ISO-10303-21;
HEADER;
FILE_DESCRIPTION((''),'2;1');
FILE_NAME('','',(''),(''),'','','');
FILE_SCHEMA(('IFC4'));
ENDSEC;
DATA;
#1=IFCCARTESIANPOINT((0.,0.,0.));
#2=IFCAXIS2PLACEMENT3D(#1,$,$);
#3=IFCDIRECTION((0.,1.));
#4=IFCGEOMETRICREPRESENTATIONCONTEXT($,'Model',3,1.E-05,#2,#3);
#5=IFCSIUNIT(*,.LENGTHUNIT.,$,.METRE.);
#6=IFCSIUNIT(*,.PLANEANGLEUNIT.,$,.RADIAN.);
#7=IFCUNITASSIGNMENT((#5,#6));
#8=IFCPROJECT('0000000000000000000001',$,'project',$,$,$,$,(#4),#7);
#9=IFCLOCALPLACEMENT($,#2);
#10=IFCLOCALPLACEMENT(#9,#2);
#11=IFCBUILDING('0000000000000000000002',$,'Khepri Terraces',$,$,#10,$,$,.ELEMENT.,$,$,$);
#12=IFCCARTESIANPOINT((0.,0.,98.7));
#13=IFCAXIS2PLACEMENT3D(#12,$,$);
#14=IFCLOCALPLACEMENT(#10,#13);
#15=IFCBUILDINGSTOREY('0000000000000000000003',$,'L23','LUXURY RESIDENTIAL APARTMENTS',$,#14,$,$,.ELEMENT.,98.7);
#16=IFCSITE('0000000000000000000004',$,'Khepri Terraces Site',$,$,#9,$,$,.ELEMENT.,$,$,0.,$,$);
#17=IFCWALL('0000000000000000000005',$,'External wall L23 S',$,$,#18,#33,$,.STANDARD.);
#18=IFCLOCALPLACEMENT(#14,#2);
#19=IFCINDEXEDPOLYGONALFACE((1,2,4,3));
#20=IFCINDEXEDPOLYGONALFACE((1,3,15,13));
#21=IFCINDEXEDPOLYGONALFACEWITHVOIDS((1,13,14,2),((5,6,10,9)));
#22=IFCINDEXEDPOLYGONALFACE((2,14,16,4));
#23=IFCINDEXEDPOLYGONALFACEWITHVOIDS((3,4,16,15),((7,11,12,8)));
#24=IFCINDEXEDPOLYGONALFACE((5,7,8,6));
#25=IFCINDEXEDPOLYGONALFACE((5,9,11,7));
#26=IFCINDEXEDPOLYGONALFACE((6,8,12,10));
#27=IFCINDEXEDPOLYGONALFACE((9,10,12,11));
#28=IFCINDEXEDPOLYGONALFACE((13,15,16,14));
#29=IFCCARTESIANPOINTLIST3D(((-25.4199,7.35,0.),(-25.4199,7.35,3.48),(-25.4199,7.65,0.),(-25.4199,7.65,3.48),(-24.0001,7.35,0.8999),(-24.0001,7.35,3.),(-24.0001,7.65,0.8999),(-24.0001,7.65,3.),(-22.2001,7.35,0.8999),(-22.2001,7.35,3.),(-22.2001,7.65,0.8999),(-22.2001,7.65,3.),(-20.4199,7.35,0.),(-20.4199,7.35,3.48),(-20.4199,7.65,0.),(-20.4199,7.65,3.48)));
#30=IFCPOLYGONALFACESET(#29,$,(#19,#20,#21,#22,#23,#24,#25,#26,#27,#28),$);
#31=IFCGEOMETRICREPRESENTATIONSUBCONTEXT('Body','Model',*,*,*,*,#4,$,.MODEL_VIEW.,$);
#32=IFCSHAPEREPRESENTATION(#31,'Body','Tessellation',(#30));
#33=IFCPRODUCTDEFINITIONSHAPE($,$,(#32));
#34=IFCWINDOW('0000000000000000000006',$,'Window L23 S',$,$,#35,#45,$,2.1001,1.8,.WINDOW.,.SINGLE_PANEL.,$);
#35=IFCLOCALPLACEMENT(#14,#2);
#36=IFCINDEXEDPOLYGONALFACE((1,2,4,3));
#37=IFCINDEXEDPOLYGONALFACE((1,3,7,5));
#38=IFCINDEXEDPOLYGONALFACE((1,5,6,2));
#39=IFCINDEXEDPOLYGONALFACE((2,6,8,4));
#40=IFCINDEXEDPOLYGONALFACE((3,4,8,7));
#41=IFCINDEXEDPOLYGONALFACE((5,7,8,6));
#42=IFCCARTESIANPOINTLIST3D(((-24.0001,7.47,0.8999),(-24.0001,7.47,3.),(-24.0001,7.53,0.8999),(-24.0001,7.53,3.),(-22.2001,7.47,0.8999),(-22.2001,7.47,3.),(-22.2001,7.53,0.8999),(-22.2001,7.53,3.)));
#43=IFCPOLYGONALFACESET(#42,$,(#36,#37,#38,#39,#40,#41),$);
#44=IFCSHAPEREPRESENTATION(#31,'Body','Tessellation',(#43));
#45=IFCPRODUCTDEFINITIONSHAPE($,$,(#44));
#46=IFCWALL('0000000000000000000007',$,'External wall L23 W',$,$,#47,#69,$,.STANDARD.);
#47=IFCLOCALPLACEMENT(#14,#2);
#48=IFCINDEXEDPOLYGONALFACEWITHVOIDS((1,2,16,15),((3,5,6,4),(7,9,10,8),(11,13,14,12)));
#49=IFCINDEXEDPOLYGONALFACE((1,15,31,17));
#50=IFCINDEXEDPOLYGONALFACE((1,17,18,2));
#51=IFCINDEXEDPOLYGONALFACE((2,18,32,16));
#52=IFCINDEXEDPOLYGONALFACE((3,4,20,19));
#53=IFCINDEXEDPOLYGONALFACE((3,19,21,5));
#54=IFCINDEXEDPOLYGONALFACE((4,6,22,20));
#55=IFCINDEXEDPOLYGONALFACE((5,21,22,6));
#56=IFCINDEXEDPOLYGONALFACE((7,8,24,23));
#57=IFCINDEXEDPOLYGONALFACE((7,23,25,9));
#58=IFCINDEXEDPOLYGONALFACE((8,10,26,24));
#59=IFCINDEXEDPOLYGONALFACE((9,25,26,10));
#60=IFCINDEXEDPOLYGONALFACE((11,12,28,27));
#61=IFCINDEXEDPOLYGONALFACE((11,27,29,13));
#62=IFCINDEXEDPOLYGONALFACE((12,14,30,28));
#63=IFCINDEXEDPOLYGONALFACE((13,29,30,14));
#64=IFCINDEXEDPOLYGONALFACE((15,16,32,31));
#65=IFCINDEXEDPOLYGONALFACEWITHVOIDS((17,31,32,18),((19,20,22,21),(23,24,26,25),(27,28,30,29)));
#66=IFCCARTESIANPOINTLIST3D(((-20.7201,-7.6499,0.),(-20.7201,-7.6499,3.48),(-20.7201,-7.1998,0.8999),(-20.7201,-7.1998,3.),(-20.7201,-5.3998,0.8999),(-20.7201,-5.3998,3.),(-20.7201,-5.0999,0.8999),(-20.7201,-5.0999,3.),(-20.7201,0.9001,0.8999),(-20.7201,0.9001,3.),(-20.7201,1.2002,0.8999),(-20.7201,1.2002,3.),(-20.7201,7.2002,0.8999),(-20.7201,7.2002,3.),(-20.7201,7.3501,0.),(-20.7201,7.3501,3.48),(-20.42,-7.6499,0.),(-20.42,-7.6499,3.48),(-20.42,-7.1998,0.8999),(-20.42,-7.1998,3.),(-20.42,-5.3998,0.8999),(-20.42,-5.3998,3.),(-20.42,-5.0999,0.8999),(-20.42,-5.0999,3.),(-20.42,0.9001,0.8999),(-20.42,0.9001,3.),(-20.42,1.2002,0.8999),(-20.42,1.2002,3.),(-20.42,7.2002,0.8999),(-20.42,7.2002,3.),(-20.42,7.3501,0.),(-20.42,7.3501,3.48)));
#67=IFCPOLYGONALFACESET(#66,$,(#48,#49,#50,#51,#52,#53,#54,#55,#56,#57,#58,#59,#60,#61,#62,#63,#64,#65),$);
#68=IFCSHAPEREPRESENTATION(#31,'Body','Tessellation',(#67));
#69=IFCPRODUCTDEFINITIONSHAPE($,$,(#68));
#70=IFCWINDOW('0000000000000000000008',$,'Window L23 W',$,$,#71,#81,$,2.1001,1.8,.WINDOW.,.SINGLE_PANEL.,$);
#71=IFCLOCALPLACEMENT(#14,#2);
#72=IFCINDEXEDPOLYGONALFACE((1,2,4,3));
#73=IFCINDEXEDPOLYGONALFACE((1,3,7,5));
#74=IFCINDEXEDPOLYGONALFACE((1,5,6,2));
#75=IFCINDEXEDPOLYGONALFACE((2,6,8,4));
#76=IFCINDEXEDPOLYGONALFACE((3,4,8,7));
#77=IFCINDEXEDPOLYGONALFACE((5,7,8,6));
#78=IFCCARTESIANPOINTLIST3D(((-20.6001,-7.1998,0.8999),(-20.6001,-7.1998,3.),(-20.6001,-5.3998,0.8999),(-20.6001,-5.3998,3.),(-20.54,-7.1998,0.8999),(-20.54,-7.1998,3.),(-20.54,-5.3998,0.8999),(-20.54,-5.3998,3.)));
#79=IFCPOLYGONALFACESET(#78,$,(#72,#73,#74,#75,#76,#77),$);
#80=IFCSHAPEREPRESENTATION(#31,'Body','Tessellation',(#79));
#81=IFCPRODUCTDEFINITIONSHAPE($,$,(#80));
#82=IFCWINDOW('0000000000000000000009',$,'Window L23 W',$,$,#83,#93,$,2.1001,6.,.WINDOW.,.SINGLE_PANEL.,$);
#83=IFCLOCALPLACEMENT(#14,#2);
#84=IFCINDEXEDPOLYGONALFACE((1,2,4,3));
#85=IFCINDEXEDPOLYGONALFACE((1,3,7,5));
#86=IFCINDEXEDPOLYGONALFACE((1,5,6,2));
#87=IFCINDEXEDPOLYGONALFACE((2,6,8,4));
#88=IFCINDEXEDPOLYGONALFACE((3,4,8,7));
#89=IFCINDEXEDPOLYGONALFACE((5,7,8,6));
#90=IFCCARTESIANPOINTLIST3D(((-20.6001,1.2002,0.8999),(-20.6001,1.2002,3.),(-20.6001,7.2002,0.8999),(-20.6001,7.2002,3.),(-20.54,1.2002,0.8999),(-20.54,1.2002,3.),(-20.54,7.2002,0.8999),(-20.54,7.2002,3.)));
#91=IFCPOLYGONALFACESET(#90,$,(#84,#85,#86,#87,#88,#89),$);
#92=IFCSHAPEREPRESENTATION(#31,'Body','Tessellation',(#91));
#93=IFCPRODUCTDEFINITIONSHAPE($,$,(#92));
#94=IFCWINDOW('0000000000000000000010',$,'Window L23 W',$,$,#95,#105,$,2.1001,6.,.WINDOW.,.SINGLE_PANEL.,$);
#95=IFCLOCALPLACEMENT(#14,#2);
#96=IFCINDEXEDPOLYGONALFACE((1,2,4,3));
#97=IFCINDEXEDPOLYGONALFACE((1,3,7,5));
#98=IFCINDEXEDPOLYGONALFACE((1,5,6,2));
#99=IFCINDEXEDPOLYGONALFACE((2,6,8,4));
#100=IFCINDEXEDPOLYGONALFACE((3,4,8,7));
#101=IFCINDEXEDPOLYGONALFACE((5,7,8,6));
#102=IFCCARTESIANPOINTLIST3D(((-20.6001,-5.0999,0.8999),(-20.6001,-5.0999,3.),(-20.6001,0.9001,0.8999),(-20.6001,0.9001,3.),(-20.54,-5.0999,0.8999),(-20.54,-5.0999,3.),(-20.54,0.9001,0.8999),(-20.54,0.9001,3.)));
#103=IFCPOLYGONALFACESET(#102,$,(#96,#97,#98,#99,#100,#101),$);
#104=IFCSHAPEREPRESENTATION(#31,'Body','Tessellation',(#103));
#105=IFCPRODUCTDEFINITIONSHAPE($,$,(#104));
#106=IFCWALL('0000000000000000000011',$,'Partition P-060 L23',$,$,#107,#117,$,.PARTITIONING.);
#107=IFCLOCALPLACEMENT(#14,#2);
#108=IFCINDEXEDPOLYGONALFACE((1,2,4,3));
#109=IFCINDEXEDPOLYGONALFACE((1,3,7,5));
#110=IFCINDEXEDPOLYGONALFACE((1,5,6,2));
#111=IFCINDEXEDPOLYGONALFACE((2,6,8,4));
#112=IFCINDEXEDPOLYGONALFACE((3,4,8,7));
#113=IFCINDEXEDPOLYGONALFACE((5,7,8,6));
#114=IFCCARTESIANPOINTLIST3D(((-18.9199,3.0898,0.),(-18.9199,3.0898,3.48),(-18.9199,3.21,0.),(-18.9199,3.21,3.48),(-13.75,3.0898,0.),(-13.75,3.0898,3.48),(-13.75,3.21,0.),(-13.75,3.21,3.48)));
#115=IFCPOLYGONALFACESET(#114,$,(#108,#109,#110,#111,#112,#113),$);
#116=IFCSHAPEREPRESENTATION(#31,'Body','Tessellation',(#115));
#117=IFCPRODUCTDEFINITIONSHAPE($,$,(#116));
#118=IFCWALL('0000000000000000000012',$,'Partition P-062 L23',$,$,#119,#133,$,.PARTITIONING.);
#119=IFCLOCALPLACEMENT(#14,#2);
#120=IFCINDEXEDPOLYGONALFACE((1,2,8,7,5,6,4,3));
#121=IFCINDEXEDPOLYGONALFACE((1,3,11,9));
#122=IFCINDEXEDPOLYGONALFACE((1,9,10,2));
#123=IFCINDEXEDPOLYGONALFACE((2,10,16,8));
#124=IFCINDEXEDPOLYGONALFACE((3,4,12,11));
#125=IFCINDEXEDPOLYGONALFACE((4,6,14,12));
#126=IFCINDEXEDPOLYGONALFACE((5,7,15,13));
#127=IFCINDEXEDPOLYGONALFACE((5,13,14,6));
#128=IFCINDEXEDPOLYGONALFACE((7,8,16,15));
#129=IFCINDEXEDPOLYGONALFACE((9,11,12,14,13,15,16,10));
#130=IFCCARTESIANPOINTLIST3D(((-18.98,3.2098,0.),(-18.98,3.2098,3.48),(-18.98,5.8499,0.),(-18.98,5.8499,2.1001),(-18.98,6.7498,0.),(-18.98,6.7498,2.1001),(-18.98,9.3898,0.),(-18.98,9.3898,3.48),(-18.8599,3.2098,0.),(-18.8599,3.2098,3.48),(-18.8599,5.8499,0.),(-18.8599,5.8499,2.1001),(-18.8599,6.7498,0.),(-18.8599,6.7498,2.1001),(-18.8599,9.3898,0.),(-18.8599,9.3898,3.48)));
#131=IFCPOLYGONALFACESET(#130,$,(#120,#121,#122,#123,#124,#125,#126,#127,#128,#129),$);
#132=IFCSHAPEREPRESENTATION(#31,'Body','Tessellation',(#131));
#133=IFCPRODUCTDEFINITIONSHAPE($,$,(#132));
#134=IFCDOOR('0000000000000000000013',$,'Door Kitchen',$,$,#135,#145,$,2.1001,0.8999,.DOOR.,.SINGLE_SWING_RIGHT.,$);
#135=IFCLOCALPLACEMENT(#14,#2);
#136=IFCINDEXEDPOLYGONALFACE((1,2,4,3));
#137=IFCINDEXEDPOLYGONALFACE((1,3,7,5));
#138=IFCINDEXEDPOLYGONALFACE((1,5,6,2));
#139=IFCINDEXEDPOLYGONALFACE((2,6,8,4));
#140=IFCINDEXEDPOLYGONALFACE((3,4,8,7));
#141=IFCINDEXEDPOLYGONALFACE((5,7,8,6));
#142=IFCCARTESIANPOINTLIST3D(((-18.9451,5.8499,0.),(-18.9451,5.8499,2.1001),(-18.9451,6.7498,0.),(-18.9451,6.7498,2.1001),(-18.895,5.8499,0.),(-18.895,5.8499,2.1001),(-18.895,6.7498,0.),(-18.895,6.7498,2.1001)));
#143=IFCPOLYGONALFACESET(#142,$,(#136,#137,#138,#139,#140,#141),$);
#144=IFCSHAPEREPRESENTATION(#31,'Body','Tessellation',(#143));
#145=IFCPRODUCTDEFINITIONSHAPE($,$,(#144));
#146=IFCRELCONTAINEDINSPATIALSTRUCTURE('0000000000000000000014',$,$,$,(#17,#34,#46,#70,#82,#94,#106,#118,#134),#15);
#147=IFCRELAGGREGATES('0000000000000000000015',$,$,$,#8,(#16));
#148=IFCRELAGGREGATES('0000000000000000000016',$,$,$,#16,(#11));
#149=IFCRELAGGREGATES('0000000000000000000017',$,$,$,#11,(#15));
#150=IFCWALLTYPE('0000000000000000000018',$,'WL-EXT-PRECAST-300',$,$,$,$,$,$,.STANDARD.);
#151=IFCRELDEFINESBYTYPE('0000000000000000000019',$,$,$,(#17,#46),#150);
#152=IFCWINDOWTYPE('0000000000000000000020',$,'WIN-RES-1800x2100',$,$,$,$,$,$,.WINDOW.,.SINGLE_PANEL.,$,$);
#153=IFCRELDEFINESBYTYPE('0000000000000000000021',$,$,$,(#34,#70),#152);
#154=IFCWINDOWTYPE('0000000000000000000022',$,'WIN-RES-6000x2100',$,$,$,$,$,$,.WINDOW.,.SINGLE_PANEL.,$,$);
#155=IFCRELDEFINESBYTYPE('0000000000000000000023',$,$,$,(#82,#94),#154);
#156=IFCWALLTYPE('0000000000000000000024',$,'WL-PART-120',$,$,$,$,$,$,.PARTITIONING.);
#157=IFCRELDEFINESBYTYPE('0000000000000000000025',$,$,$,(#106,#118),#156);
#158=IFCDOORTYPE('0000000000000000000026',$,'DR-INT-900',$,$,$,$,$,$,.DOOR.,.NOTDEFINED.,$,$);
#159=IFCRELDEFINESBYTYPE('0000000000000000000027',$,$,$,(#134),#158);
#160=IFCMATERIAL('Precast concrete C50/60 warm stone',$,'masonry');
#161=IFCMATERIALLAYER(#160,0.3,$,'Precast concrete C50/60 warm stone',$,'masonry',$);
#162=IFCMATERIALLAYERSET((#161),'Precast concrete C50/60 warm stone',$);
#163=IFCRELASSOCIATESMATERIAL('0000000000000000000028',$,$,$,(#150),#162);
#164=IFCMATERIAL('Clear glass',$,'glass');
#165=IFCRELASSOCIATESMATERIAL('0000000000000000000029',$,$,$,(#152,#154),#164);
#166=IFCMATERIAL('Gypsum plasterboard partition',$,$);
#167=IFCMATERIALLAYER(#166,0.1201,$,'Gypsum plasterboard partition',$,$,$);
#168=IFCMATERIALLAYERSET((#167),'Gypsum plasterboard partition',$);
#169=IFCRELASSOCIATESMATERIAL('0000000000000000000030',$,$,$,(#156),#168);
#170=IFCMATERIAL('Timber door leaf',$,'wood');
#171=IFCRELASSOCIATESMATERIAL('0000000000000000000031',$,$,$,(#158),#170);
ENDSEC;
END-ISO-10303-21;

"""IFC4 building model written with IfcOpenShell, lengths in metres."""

from ifc_helpers import new_model, si_unit, direction, frame, frame_2d, origin, place, context, subcontext, project, spatial, rectangle, extrude, material, layer, layer_set, type_object, element, fill, save


model = new_model("IFC4")

# Units and contexts
model_context = context("Model", 3, precision=1e-05, world=origin(), true_north=direction((0.0, 1.0)))
body_context = subcontext(model_context, "Body", "Model", "MODEL_VIEW")
ifc_project = project(units=[si_unit("LENGTHUNIT", "METRE"), si_unit("PLANEANGLEUNIT", "RADIAN")], contexts=[model_context])

# Site, building, storey
site_placement = place(None, origin())
site = spatial("IfcSite", under=ifc_project, at=site_placement, Name="Khepri Terraces Site", CompositionType="ELEMENT", RefElevation=0.0)
building_placement = place(site_placement, origin())
building = spatial("IfcBuilding", under=site, at=building_placement, Name="Khepri Terraces", CompositionType="ELEMENT")
storey_placement = place(building_placement, frame((0.0, 0.0, 98.7)))
storey = spatial("IfcBuildingStorey", under=building, at=storey_placement, Name="L23", Description="LUXURY RESIDENTIAL APARTMENTS", CompositionType="ELEMENT", Elevation=98.7)

# Shared definitions
ifc_material_1 = material(Name="Precast concrete C50/60 warm stone", Category="masonry")
ifc_layer_1 = layer(ifc_material_1, 0.3, Name="Precast concrete C50/60 warm stone", Category="masonry")
ifc_layer_set_1 = layer_set([ifc_layer_1], Name="Precast concrete C50/60 warm stone")
wall_type_1 = type_object("IfcWallType", Name="WL-EXT-PRECAST-300", PredefinedType="STANDARD", material=ifc_layer_set_1)

# Wall, opening, window
wall_1_placement = place(storey_placement, frame((-25.4199, 7.5, 0.0), z_axis=(0.0, 0.0, 1.0), x_axis=(1.0, 0.0, 0.0)))
wall_1 = element("IfcWall", 1, at=wall_1_placement, inside=storey, type_object=wall_type_1, Name="External wall L23 S", PredefinedType="STANDARD", context=body_context, shape_type="SweptSolid", body=[
    extrude(rectangle(XDim=5.0, YDim=0.3, at=frame_2d((2.5, 0.0))), origin(), (0.0, 0.0, 1.0), 3.48),
])
opening_1_placement = place(wall_1_placement, frame((1.4199, 0.0, 0.8999)))
opening_1 = element("IfcOpeningElement", 2, at=opening_1_placement, cuts=wall_1, PredefinedType="OPENING", context=body_context, shape_type="SweptSolid", body=[
    extrude(rectangle(XDim=1.8, YDim=2.1001, at=frame_2d((0.8999, 1.05))), frame((0.0, 0.1602, 0.0), z_axis=(0.0, -1.0, 0.0), x_axis=(1.0, 0.0, 0.0)), (0.0, 0.0, 1.0), 0.3201),
])
ifc_material_2 = material(Name="Clear glass", Category="glass")
window_type_1 = type_object("IfcWindowType", Name="WIN-RES-1800x2100", PartitioningType="SINGLE_PANEL", PredefinedType="WINDOW", material=ifc_material_2)
window_1_placement = place(opening_1_placement, origin())
window_1 = element("IfcWindow", 3, at=window_1_placement, inside=storey, type_object=window_type_1, Name="Window L23 S", OverallHeight=2.1001, OverallWidth=1.8, PartitioningType="SINGLE_PANEL", PredefinedType="WINDOW", context=body_context, shape_type="SweptSolid", body=[
    extrude(rectangle(XDim=1.8, YDim=2.1001, at=frame_2d((0.8999, 1.05))), frame((0.0, 0.03, 0.0), z_axis=(0.0, -1.0, 0.0), x_axis=(1.0, 0.0, 0.0)), (0.0, 0.0, 1.0), 0.0601),
])
fill(opening_1, window_1)

# Wall, openings, windows
wall_2_placement = place(storey_placement, frame((-20.5701, 7.3501, 0.0), z_axis=(0.0, 0.0, 1.0), x_axis=(0.0, -1.0, 0.0)))
wall_2 = element("IfcWall", 4, at=wall_2_placement, inside=storey, type_object=wall_type_1, Name="External wall L23 W", PredefinedType="STANDARD", context=body_context, shape_type="SweptSolid", body=[
    extrude(rectangle(XDim=15.0, YDim=0.3, at=frame_2d((7.5, 0.0))), origin(), (0.0, 0.0, 1.0), 3.48),
])
opening_2_placement = place(wall_2_placement, frame((0.1499, 0.0, 0.8999)))
opening_2 = element("IfcOpeningElement", 5, at=opening_2_placement, cuts=wall_2, PredefinedType="OPENING", context=body_context, shape_type="SweptSolid", body=[
    extrude(rectangle(XDim=6.0, YDim=2.1001, at=frame_2d((3.0, 1.05))), frame((0.0, 0.1602, 0.0), z_axis=(0.0, -1.0, 0.0), x_axis=(1.0, 0.0, 0.0)), (0.0, 0.0, 1.0), 0.3201),
])
opening_3_placement = place(wall_2_placement, frame((6.45, 0.0, 0.8999)))
opening_3 = element("IfcOpeningElement", 6, at=opening_3_placement, cuts=wall_2, PredefinedType="OPENING", context=body_context, shape_type="SweptSolid", body=[
    extrude(rectangle(XDim=6.0, YDim=2.1001, at=frame_2d((3.0, 1.05))), frame((0.0, 0.1602, 0.0), z_axis=(0.0, -1.0, 0.0), x_axis=(1.0, 0.0, 0.0)), (0.0, 0.0, 1.0), 0.3201),
])
opening_4_placement = place(wall_2_placement, frame((12.75, 0.0, 0.8999)))
opening_4 = element("IfcOpeningElement", 7, at=opening_4_placement, cuts=wall_2, PredefinedType="OPENING", context=body_context, shape_type="SweptSolid", body=[
    extrude(rectangle(XDim=1.8, YDim=2.1001, at=frame_2d((0.8999, 1.05))), frame((0.0, 0.1602, 0.0), z_axis=(0.0, -1.0, 0.0), x_axis=(1.0, 0.0, 0.0)), (0.0, 0.0, 1.0), 0.3201),
])
window_2_placement = place(opening_4_placement, origin())
window_2 = element("IfcWindow", 8, at=window_2_placement, inside=storey, type_object=window_type_1, Name="Window L23 W", OverallHeight=2.1001, OverallWidth=1.8, PartitioningType="SINGLE_PANEL", PredefinedType="WINDOW", context=body_context, shape_type="SweptSolid", body=[
    extrude(rectangle(XDim=1.8, YDim=2.1001, at=frame_2d((0.8999, 1.05))), frame((0.0, 0.03, 0.0), z_axis=(0.0, -1.0, 0.0), x_axis=(1.0, 0.0, 0.0)), (0.0, 0.0, 1.0), 0.0601),
])
fill(opening_4, window_2)
window_type_2 = type_object("IfcWindowType", Name="WIN-RES-6000x2100", PartitioningType="SINGLE_PANEL", PredefinedType="WINDOW", material=ifc_material_2)
window_3_placement = place(opening_2_placement, origin())
window_3 = element("IfcWindow", 9, at=window_3_placement, inside=storey, type_object=window_type_2, Name="Window L23 W", OverallHeight=2.1001, OverallWidth=6.0, PartitioningType="SINGLE_PANEL", PredefinedType="WINDOW", context=body_context, shape_type="SweptSolid", body=[
    extrude(rectangle(XDim=6.0, YDim=2.1001, at=frame_2d((3.0, 1.05))), frame((0.0, 0.03, 0.0), z_axis=(0.0, -1.0, 0.0), x_axis=(1.0, 0.0, 0.0)), (0.0, 0.0, 1.0), 0.0601),
])
fill(opening_2, window_3)
window_4_placement = place(opening_3_placement, origin())
window_4 = element("IfcWindow", 10, at=window_4_placement, inside=storey, type_object=window_type_2, Name="Window L23 W", OverallHeight=2.1001, OverallWidth=6.0, PartitioningType="SINGLE_PANEL", PredefinedType="WINDOW", context=body_context, shape_type="SweptSolid", body=[
    extrude(rectangle(XDim=6.0, YDim=2.1001, at=frame_2d((3.0, 1.05))), frame((0.0, 0.03, 0.0), z_axis=(0.0, -1.0, 0.0), x_axis=(1.0, 0.0, 0.0)), (0.0, 0.0, 1.0), 0.0601),
])
fill(opening_3, window_4)

# Wall
ifc_material_3 = material(Name="Gypsum plasterboard partition")
ifc_layer_2 = layer(ifc_material_3, 0.1201, Name="Gypsum plasterboard partition")
ifc_layer_set_2 = layer_set([ifc_layer_2], Name="Gypsum plasterboard partition")
wall_type_2 = type_object("IfcWallType", Name="WL-PART-120", PredefinedType="PARTITIONING", material=ifc_layer_set_2)
wall_3_placement = place(storey_placement, frame((-18.9199, 3.1499, 0.0), z_axis=(0.0, 0.0, 1.0), x_axis=(1.0, 0.0, 0.0)))
element("IfcWall", 11, at=wall_3_placement, inside=storey, type_object=wall_type_2, Name="Partition P-060 L23", PredefinedType="PARTITIONING", context=body_context, shape_type="SweptSolid", body=[
    extrude(rectangle(XDim=5.1699, YDim=0.1201, at=frame_2d((2.585, 0.0))), origin(), (0.0, 0.0, 1.0), 3.48),
])

# Wall, opening, door
wall_4_placement = place(storey_placement, frame((-18.9199, 3.21, 0.0), z_axis=(0.0, 0.0, 1.0), x_axis=(0.0, 1.0, 0.0)))
wall_4 = element("IfcWall", 12, at=wall_4_placement, inside=storey, type_object=wall_type_2, Name="Partition P-062 L23", PredefinedType="PARTITIONING", context=body_context, shape_type="SweptSolid", body=[
    extrude(rectangle(XDim=6.1799, YDim=0.1201, at=frame_2d((3.0898, 0.0))), origin(), (0.0, 0.0, 1.0), 3.48),
])
opening_5_placement = place(wall_4_placement, frame((2.6399, 0.0, 0.0)))
opening_5 = element("IfcOpeningElement", 13, at=opening_5_placement, cuts=wall_4, PredefinedType="OPENING", context=body_context, shape_type="SweptSolid", body=[
    extrude(rectangle(XDim=0.8999, YDim=2.1001, at=frame_2d((0.45, 1.05))), frame((0.0, 0.0701, 0.0), z_axis=(0.0, -1.0, 0.0), x_axis=(1.0, 0.0, 0.0)), (0.0, 0.0, 1.0), 0.1401),
])
ifc_material_4 = material(Name="Timber door leaf", Category="wood")
door_type_1 = type_object("IfcDoorType", Name="DR-INT-900", OperationType="NOTDEFINED", PredefinedType="DOOR", material=ifc_material_4)
door_1_placement = place(opening_5_placement, frame((0.8999, 0.0, 0.0), z_axis=(0.0, 0.0, 1.0), x_axis=(-1.0, 0.0, 0.0)))
door_1 = element("IfcDoor", 14, at=door_1_placement, inside=storey, type_object=door_type_1, Name="Door Kitchen", OperationType="SINGLE_SWING_RIGHT", OverallHeight=2.1001, OverallWidth=0.8999, PredefinedType="DOOR", context=body_context, shape_type="SweptSolid", body=[
    extrude(rectangle(XDim=0.8999, YDim=2.1001, at=frame_2d((0.45, 1.05))), frame((0.0, 0.0249, 0.0), z_axis=(0.0, -1.0, 0.0), x_axis=(1.0, 0.0, 0.0)), (0.0, 0.0, 1.0), 0.05),
])
fill(opening_5, door_1)

save(model, "model.ifc")
